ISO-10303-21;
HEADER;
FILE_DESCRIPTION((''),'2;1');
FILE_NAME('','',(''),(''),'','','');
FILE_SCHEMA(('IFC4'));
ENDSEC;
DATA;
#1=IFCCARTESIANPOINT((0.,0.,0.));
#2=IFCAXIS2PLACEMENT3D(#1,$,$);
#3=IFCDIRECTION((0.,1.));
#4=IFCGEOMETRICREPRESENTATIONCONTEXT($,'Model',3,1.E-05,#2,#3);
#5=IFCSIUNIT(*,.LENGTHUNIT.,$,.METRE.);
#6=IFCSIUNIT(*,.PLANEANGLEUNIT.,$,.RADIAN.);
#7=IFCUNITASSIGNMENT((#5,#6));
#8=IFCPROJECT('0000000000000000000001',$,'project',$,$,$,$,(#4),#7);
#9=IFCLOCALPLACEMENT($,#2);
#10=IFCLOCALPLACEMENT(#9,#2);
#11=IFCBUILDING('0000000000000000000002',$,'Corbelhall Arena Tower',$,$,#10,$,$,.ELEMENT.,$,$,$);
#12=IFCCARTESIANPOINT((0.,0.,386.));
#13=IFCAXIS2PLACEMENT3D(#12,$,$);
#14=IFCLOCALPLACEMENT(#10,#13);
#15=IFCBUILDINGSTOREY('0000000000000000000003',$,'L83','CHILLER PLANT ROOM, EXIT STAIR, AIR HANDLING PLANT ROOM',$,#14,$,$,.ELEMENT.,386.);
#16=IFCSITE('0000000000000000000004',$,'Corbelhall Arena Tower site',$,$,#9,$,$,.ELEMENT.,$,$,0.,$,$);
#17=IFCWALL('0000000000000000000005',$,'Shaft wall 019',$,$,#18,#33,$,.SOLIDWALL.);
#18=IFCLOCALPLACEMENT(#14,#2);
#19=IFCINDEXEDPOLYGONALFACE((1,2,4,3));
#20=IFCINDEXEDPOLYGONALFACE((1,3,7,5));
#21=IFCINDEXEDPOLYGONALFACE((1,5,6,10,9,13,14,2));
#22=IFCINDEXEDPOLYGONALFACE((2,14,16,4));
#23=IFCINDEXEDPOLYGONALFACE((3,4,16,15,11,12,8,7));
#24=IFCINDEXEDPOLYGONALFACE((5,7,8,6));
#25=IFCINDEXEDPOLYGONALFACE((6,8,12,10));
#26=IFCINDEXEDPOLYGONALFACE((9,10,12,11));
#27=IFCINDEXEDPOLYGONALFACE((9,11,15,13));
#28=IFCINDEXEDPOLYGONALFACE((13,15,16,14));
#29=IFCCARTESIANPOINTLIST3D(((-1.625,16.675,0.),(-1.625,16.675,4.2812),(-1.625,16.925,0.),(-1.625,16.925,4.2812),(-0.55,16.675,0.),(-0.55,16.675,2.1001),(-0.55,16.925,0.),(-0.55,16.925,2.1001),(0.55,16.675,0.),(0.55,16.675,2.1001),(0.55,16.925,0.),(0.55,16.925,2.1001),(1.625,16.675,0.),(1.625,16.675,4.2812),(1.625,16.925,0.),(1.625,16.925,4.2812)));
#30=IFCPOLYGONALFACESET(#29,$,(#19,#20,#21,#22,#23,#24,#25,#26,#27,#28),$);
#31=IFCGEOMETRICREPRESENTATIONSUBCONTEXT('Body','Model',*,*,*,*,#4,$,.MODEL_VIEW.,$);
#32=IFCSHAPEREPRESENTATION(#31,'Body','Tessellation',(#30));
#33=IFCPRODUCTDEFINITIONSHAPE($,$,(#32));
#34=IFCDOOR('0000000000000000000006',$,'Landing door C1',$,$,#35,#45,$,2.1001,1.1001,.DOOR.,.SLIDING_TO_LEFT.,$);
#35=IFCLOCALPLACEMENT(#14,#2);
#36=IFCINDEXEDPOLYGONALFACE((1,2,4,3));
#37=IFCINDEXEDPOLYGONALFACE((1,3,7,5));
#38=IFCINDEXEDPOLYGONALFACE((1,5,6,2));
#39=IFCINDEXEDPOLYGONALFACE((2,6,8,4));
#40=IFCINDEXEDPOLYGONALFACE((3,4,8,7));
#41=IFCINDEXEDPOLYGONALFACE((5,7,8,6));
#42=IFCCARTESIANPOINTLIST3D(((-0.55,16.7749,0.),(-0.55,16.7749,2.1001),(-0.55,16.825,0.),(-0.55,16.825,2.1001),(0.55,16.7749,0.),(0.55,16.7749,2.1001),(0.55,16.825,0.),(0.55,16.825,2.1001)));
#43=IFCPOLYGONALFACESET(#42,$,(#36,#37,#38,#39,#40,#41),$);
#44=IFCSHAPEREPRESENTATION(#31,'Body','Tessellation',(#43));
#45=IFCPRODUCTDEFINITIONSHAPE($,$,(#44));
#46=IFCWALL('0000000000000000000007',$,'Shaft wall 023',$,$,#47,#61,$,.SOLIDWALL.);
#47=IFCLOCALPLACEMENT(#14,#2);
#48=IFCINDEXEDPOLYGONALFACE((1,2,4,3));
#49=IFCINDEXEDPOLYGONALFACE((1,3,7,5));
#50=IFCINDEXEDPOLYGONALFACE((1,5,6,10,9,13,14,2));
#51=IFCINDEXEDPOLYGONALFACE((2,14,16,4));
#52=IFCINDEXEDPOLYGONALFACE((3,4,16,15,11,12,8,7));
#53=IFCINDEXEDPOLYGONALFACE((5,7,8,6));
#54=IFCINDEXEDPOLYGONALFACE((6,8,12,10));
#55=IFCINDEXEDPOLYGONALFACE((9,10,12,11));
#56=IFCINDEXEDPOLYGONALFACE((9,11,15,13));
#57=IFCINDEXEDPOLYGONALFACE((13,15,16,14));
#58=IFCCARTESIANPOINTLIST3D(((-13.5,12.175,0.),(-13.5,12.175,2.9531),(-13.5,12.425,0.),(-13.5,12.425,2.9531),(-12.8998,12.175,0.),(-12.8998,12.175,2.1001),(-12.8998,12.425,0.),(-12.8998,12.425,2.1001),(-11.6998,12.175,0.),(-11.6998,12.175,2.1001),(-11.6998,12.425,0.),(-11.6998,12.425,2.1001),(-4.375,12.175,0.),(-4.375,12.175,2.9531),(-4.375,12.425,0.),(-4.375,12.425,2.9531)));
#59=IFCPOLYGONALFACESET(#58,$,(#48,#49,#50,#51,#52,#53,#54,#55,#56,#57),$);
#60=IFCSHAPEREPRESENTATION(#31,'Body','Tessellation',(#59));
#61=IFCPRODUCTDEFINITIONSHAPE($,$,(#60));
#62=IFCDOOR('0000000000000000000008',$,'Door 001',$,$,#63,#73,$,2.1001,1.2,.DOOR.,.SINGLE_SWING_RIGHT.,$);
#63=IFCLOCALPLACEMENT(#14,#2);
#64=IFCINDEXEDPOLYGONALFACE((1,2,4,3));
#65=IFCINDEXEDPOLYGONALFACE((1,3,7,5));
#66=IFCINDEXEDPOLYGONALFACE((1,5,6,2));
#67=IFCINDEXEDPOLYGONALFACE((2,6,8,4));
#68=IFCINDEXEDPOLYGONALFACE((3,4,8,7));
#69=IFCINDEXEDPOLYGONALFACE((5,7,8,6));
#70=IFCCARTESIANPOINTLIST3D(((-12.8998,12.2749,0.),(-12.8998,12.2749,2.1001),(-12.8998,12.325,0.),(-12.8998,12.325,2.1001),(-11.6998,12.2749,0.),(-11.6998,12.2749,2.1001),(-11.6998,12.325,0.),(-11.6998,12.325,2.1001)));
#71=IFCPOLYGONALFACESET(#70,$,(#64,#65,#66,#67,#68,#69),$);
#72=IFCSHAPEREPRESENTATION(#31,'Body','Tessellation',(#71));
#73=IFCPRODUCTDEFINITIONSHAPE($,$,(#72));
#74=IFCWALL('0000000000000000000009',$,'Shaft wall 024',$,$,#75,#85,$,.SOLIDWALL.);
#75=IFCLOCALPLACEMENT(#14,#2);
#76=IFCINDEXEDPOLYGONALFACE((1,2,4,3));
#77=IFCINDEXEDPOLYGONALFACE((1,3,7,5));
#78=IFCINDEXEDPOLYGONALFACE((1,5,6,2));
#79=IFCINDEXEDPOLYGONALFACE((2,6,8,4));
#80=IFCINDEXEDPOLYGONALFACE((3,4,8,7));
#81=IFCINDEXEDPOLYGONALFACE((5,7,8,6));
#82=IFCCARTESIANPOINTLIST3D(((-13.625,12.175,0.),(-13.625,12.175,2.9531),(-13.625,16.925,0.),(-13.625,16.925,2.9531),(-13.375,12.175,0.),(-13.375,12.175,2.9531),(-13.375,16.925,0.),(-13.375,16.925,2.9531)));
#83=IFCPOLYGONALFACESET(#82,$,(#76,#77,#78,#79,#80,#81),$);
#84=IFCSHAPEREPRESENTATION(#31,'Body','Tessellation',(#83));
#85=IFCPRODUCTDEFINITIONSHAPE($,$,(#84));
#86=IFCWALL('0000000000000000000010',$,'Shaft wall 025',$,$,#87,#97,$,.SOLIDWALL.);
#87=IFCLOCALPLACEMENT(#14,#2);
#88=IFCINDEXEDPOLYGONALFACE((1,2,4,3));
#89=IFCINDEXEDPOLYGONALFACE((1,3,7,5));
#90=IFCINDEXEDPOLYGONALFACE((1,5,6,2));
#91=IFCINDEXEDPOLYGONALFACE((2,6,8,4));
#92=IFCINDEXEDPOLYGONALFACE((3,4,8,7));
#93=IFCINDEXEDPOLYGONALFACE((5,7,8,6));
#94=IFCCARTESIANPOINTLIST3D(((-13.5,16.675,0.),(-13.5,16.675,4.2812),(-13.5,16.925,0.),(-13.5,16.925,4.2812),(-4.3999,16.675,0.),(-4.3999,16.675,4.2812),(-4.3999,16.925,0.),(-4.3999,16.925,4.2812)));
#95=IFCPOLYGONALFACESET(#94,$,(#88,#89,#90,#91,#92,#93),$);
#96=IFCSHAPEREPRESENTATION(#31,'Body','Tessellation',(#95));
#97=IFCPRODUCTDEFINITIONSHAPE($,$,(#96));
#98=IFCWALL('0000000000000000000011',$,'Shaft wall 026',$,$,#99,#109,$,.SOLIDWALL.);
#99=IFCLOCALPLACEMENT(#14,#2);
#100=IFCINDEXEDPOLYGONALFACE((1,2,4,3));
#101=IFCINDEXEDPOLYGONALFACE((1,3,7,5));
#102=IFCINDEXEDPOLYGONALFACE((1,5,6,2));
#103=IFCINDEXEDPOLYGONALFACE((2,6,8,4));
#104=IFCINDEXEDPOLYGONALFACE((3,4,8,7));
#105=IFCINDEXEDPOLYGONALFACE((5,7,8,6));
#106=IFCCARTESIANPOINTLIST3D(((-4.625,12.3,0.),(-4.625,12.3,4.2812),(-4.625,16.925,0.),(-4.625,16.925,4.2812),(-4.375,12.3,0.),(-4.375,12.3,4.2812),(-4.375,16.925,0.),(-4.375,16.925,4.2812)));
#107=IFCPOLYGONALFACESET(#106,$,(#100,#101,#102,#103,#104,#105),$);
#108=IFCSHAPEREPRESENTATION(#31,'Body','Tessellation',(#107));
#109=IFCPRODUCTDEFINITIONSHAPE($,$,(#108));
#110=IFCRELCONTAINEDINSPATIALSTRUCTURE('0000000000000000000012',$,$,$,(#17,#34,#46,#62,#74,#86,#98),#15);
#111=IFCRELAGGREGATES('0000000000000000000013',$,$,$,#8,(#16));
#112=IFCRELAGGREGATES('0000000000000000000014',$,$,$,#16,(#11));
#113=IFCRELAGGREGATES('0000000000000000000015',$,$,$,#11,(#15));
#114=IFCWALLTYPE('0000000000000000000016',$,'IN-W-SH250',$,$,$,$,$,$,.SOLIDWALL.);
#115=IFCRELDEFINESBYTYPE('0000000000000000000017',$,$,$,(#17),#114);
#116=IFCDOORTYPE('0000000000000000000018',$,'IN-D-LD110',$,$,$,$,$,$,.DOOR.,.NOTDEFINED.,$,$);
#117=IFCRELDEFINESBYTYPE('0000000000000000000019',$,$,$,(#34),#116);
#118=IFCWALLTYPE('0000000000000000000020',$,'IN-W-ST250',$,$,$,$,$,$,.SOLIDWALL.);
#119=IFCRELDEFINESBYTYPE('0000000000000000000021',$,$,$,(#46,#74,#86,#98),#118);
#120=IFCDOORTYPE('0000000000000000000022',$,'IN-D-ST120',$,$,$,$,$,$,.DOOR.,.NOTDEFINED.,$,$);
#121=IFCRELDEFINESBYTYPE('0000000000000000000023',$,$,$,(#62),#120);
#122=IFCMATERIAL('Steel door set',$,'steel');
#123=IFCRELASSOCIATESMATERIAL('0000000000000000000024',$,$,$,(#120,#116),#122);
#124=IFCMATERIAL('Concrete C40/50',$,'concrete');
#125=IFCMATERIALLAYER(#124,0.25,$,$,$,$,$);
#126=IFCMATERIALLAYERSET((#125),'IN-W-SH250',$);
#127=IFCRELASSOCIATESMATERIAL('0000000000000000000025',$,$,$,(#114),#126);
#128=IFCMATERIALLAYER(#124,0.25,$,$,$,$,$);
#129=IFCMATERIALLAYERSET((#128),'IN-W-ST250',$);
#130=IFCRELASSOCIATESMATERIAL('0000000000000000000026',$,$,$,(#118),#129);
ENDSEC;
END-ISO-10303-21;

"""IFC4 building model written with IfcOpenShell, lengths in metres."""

from ifc_helpers import new_model, si_unit, direction, frame, frame_2d, origin, place, context, subcontext, project, spatial, rectangle, extrude, material, layer, layer_set, type_object, element, fill, save


model = new_model("IFC4")

# Units and contexts
model_context = context("Model", 3, precision=1e-05, world=origin(), true_north=direction((0.0, 1.0)))
body_context = subcontext(model_context, "Body", "Model", "MODEL_VIEW")
ifc_project = project(units=[si_unit("LENGTHUNIT", "METRE"), si_unit("PLANEANGLEUNIT", "RADIAN")], contexts=[model_context])

# Site, building, storey
site_placement = place(None, origin())
site = spatial("IfcSite", under=ifc_project, at=site_placement, Name="Corbelhall Arena Tower site", CompositionType="ELEMENT", RefElevation=0.0)
building_placement = place(site_placement, origin())
building = spatial("IfcBuilding", under=site, at=building_placement, Name="Corbelhall Arena Tower", CompositionType="ELEMENT")
storey_placement = place(building_placement, frame((0.0, 0.0, 386.0)))
storey = spatial("IfcBuildingStorey", under=building, at=storey_placement, Name="L83", Description="CHILLER PLANT ROOM, EXIT STAIR, AIR HANDLING PLANT ROOM", CompositionType="ELEMENT", Elevation=386.0)

# Shared definitions
ifc_material_1 = material(Name="Steel door set", Category="steel")

# Shared definitions
ifc_material_2 = material(Name="Concrete C40/50", Category="concrete")

# Shared definitions
door_type_1 = type_object("IfcDoorType", Name="IN-D-ST120", OperationType="NOTDEFINED", PredefinedType="DOOR", material=ifc_material_1)

# Walls, openings, doors
door_type_2 = type_object("IfcDoorType", Name="IN-D-LD110", OperationType="NOTDEFINED", PredefinedType="DOOR", material=ifc_material_1)
ifc_layer_1 = layer(ifc_material_2, 0.25)
ifc_layer_set_1 = layer_set([ifc_layer_1], Name="IN-W-SH250")
wall_type_1 = type_object("IfcWallType", Name="IN-W-SH250", PredefinedType="SOLIDWALL", material=ifc_layer_set_1)
wall_1_placement = place(storey_placement, frame((-1.625, 16.8, 0.0), z_axis=(0.0, 0.0, 1.0), x_axis=(1.0, 0.0, 0.0)))
wall_1 = element("IfcWall", 1, at=wall_1_placement, inside=storey, type_object=wall_type_1, Name="Shaft wall 019", PredefinedType="SOLIDWALL", context=body_context, shape_type="SweptSolid", body=[
    extrude(rectangle(XDim=3.25, YDim=0.25, at=frame_2d((1.625, 0.0))), origin(), (0.0, 0.0, 1.0), 4.2812),
])
opening_1_placement = place(wall_1_placement, frame((1.075, 0.0, 0.0)))
opening_1 = element("IfcOpeningElement", 2, at=opening_1_placement, cuts=wall_1, PredefinedType="OPENING", context=body_context, shape_type="SweptSolid", body=[
    extrude(rectangle(XDim=1.1001, YDim=2.1001, at=frame_2d((0.55, 1.05))), frame((0.0, 0.125, 0.0), z_axis=(0.0, -1.0, 0.0), x_axis=(1.0, 0.0, 0.0)), (0.0, 0.0, 1.0), 0.25),
])
door_1_placement = place(opening_1_placement, origin())
door_1 = element("IfcDoor", 3, at=door_1_placement, inside=storey, type_object=door_type_2, Name="Landing door C1", OperationType="SLIDING_TO_LEFT", OverallHeight=2.1001, OverallWidth=1.1001, PredefinedType="DOOR", context=body_context, shape_type="SweptSolid", body=[
    extrude(rectangle(XDim=1.1001, YDim=2.1001, at=frame_2d((0.55, 1.05))), frame((0.0, 0.0249, 0.0), z_axis=(0.0, -1.0, 0.0), x_axis=(1.0, 0.0, 0.0)), (0.0, 0.0, 1.0), 0.05),
])
fill(opening_1, door_1)
ifc_layer_2 = layer(ifc_material_2, 0.25)
ifc_layer_set_2 = layer_set([ifc_layer_2], Name="IN-W-ST250")
wall_type_2 = type_object("IfcWallType", Name="IN-W-ST250", PredefinedType="SOLIDWALL", material=ifc_layer_set_2)
wall_2_placement = place(storey_placement, frame((-13.5, 12.3, 0.0), z_axis=(0.0, 0.0, 1.0), x_axis=(1.0, 0.0, 0.0)))
wall_2 = element("IfcWall", 4, at=wall_2_placement, inside=storey, type_object=wall_type_2, Name="Shaft wall 023", PredefinedType="SOLIDWALL", context=body_context, shape_type="SweptSolid", body=[
    extrude(rectangle(XDim=9.125, YDim=0.25, at=frame_2d((4.5625, 0.0))), origin(), (0.0, 0.0, 1.0), 2.9531),
])
opening_2_placement = place(wall_2_placement, frame((0.6001, 0.0, 0.0)))
opening_2 = element("IfcOpeningElement", 5, at=opening_2_placement, cuts=wall_2, PredefinedType="OPENING", context=body_context, shape_type="SweptSolid", body=[
    extrude(rectangle(XDim=1.2, YDim=2.1001, at=frame_2d((0.6001, 1.05))), frame((0.0, 0.125, 0.0), z_axis=(0.0, -1.0, 0.0), x_axis=(1.0, 0.0, 0.0)), (0.0, 0.0, 1.0), 0.25),
])
door_2_placement = place(opening_2_placement, origin())
door_2 = element("IfcDoor", 6, at=door_2_placement, inside=storey, type_object=door_type_1, Name="Door 001", OperationType="SINGLE_SWING_RIGHT", OverallHeight=2.1001, OverallWidth=1.2, PredefinedType="DOOR", context=body_context, shape_type="SweptSolid", body=[
    extrude(rectangle(XDim=1.2, YDim=2.1001, at=frame_2d((0.6001, 1.05))), frame((0.0, 0.0249, 0.0), z_axis=(0.0, -1.0, 0.0), x_axis=(1.0, 0.0, 0.0)), (0.0, 0.0, 1.0), 0.05),
])
fill(opening_2, door_2)

# Walls
wall_3_placement = place(storey_placement, frame((-13.5, 12.175, 0.0), z_axis=(0.0, 0.0, 1.0), x_axis=(0.0, 1.0, 0.0)))
element("IfcWall", 7, at=wall_3_placement, inside=storey, type_object=wall_type_2, Name="Shaft wall 024", PredefinedType="SOLIDWALL", context=body_context, shape_type="SweptSolid", body=[
    extrude(rectangle(XDim=4.75, YDim=0.25, at=frame_2d((2.375, 0.0))), origin(), (0.0, 0.0, 1.0), 2.9531),
])
wall_4_placement = place(storey_placement, frame((-13.5, 16.8, 0.0), z_axis=(0.0, 0.0, 1.0), x_axis=(1.0, 0.0, 0.0)))
element("IfcWall", 8, at=wall_4_placement, inside=storey, type_object=wall_type_2, Name="Shaft wall 025", PredefinedType="SOLIDWALL", context=body_context, shape_type="SweptSolid", body=[
    extrude(rectangle(XDim=9.1001, YDim=0.25, at=frame_2d((4.55, 0.0))), origin(), (0.0, 0.0, 1.0), 4.2812),
])
wall_5_placement = place(storey_placement, frame((-4.5, 16.925, 0.0), z_axis=(0.0, 0.0, 1.0), x_axis=(0.0, -1.0, 0.0)))
element("IfcWall", 9, at=wall_5_placement, inside=storey, type_object=wall_type_2, Name="Shaft wall 026", PredefinedType="SOLIDWALL", context=body_context, shape_type="SweptSolid", body=[
    extrude(rectangle(XDim=4.625, YDim=0.25, at=frame_2d((2.3125, 0.0))), origin(), (0.0, 0.0, 1.0), 4.2812),
])

save(model, "model.ifc")
